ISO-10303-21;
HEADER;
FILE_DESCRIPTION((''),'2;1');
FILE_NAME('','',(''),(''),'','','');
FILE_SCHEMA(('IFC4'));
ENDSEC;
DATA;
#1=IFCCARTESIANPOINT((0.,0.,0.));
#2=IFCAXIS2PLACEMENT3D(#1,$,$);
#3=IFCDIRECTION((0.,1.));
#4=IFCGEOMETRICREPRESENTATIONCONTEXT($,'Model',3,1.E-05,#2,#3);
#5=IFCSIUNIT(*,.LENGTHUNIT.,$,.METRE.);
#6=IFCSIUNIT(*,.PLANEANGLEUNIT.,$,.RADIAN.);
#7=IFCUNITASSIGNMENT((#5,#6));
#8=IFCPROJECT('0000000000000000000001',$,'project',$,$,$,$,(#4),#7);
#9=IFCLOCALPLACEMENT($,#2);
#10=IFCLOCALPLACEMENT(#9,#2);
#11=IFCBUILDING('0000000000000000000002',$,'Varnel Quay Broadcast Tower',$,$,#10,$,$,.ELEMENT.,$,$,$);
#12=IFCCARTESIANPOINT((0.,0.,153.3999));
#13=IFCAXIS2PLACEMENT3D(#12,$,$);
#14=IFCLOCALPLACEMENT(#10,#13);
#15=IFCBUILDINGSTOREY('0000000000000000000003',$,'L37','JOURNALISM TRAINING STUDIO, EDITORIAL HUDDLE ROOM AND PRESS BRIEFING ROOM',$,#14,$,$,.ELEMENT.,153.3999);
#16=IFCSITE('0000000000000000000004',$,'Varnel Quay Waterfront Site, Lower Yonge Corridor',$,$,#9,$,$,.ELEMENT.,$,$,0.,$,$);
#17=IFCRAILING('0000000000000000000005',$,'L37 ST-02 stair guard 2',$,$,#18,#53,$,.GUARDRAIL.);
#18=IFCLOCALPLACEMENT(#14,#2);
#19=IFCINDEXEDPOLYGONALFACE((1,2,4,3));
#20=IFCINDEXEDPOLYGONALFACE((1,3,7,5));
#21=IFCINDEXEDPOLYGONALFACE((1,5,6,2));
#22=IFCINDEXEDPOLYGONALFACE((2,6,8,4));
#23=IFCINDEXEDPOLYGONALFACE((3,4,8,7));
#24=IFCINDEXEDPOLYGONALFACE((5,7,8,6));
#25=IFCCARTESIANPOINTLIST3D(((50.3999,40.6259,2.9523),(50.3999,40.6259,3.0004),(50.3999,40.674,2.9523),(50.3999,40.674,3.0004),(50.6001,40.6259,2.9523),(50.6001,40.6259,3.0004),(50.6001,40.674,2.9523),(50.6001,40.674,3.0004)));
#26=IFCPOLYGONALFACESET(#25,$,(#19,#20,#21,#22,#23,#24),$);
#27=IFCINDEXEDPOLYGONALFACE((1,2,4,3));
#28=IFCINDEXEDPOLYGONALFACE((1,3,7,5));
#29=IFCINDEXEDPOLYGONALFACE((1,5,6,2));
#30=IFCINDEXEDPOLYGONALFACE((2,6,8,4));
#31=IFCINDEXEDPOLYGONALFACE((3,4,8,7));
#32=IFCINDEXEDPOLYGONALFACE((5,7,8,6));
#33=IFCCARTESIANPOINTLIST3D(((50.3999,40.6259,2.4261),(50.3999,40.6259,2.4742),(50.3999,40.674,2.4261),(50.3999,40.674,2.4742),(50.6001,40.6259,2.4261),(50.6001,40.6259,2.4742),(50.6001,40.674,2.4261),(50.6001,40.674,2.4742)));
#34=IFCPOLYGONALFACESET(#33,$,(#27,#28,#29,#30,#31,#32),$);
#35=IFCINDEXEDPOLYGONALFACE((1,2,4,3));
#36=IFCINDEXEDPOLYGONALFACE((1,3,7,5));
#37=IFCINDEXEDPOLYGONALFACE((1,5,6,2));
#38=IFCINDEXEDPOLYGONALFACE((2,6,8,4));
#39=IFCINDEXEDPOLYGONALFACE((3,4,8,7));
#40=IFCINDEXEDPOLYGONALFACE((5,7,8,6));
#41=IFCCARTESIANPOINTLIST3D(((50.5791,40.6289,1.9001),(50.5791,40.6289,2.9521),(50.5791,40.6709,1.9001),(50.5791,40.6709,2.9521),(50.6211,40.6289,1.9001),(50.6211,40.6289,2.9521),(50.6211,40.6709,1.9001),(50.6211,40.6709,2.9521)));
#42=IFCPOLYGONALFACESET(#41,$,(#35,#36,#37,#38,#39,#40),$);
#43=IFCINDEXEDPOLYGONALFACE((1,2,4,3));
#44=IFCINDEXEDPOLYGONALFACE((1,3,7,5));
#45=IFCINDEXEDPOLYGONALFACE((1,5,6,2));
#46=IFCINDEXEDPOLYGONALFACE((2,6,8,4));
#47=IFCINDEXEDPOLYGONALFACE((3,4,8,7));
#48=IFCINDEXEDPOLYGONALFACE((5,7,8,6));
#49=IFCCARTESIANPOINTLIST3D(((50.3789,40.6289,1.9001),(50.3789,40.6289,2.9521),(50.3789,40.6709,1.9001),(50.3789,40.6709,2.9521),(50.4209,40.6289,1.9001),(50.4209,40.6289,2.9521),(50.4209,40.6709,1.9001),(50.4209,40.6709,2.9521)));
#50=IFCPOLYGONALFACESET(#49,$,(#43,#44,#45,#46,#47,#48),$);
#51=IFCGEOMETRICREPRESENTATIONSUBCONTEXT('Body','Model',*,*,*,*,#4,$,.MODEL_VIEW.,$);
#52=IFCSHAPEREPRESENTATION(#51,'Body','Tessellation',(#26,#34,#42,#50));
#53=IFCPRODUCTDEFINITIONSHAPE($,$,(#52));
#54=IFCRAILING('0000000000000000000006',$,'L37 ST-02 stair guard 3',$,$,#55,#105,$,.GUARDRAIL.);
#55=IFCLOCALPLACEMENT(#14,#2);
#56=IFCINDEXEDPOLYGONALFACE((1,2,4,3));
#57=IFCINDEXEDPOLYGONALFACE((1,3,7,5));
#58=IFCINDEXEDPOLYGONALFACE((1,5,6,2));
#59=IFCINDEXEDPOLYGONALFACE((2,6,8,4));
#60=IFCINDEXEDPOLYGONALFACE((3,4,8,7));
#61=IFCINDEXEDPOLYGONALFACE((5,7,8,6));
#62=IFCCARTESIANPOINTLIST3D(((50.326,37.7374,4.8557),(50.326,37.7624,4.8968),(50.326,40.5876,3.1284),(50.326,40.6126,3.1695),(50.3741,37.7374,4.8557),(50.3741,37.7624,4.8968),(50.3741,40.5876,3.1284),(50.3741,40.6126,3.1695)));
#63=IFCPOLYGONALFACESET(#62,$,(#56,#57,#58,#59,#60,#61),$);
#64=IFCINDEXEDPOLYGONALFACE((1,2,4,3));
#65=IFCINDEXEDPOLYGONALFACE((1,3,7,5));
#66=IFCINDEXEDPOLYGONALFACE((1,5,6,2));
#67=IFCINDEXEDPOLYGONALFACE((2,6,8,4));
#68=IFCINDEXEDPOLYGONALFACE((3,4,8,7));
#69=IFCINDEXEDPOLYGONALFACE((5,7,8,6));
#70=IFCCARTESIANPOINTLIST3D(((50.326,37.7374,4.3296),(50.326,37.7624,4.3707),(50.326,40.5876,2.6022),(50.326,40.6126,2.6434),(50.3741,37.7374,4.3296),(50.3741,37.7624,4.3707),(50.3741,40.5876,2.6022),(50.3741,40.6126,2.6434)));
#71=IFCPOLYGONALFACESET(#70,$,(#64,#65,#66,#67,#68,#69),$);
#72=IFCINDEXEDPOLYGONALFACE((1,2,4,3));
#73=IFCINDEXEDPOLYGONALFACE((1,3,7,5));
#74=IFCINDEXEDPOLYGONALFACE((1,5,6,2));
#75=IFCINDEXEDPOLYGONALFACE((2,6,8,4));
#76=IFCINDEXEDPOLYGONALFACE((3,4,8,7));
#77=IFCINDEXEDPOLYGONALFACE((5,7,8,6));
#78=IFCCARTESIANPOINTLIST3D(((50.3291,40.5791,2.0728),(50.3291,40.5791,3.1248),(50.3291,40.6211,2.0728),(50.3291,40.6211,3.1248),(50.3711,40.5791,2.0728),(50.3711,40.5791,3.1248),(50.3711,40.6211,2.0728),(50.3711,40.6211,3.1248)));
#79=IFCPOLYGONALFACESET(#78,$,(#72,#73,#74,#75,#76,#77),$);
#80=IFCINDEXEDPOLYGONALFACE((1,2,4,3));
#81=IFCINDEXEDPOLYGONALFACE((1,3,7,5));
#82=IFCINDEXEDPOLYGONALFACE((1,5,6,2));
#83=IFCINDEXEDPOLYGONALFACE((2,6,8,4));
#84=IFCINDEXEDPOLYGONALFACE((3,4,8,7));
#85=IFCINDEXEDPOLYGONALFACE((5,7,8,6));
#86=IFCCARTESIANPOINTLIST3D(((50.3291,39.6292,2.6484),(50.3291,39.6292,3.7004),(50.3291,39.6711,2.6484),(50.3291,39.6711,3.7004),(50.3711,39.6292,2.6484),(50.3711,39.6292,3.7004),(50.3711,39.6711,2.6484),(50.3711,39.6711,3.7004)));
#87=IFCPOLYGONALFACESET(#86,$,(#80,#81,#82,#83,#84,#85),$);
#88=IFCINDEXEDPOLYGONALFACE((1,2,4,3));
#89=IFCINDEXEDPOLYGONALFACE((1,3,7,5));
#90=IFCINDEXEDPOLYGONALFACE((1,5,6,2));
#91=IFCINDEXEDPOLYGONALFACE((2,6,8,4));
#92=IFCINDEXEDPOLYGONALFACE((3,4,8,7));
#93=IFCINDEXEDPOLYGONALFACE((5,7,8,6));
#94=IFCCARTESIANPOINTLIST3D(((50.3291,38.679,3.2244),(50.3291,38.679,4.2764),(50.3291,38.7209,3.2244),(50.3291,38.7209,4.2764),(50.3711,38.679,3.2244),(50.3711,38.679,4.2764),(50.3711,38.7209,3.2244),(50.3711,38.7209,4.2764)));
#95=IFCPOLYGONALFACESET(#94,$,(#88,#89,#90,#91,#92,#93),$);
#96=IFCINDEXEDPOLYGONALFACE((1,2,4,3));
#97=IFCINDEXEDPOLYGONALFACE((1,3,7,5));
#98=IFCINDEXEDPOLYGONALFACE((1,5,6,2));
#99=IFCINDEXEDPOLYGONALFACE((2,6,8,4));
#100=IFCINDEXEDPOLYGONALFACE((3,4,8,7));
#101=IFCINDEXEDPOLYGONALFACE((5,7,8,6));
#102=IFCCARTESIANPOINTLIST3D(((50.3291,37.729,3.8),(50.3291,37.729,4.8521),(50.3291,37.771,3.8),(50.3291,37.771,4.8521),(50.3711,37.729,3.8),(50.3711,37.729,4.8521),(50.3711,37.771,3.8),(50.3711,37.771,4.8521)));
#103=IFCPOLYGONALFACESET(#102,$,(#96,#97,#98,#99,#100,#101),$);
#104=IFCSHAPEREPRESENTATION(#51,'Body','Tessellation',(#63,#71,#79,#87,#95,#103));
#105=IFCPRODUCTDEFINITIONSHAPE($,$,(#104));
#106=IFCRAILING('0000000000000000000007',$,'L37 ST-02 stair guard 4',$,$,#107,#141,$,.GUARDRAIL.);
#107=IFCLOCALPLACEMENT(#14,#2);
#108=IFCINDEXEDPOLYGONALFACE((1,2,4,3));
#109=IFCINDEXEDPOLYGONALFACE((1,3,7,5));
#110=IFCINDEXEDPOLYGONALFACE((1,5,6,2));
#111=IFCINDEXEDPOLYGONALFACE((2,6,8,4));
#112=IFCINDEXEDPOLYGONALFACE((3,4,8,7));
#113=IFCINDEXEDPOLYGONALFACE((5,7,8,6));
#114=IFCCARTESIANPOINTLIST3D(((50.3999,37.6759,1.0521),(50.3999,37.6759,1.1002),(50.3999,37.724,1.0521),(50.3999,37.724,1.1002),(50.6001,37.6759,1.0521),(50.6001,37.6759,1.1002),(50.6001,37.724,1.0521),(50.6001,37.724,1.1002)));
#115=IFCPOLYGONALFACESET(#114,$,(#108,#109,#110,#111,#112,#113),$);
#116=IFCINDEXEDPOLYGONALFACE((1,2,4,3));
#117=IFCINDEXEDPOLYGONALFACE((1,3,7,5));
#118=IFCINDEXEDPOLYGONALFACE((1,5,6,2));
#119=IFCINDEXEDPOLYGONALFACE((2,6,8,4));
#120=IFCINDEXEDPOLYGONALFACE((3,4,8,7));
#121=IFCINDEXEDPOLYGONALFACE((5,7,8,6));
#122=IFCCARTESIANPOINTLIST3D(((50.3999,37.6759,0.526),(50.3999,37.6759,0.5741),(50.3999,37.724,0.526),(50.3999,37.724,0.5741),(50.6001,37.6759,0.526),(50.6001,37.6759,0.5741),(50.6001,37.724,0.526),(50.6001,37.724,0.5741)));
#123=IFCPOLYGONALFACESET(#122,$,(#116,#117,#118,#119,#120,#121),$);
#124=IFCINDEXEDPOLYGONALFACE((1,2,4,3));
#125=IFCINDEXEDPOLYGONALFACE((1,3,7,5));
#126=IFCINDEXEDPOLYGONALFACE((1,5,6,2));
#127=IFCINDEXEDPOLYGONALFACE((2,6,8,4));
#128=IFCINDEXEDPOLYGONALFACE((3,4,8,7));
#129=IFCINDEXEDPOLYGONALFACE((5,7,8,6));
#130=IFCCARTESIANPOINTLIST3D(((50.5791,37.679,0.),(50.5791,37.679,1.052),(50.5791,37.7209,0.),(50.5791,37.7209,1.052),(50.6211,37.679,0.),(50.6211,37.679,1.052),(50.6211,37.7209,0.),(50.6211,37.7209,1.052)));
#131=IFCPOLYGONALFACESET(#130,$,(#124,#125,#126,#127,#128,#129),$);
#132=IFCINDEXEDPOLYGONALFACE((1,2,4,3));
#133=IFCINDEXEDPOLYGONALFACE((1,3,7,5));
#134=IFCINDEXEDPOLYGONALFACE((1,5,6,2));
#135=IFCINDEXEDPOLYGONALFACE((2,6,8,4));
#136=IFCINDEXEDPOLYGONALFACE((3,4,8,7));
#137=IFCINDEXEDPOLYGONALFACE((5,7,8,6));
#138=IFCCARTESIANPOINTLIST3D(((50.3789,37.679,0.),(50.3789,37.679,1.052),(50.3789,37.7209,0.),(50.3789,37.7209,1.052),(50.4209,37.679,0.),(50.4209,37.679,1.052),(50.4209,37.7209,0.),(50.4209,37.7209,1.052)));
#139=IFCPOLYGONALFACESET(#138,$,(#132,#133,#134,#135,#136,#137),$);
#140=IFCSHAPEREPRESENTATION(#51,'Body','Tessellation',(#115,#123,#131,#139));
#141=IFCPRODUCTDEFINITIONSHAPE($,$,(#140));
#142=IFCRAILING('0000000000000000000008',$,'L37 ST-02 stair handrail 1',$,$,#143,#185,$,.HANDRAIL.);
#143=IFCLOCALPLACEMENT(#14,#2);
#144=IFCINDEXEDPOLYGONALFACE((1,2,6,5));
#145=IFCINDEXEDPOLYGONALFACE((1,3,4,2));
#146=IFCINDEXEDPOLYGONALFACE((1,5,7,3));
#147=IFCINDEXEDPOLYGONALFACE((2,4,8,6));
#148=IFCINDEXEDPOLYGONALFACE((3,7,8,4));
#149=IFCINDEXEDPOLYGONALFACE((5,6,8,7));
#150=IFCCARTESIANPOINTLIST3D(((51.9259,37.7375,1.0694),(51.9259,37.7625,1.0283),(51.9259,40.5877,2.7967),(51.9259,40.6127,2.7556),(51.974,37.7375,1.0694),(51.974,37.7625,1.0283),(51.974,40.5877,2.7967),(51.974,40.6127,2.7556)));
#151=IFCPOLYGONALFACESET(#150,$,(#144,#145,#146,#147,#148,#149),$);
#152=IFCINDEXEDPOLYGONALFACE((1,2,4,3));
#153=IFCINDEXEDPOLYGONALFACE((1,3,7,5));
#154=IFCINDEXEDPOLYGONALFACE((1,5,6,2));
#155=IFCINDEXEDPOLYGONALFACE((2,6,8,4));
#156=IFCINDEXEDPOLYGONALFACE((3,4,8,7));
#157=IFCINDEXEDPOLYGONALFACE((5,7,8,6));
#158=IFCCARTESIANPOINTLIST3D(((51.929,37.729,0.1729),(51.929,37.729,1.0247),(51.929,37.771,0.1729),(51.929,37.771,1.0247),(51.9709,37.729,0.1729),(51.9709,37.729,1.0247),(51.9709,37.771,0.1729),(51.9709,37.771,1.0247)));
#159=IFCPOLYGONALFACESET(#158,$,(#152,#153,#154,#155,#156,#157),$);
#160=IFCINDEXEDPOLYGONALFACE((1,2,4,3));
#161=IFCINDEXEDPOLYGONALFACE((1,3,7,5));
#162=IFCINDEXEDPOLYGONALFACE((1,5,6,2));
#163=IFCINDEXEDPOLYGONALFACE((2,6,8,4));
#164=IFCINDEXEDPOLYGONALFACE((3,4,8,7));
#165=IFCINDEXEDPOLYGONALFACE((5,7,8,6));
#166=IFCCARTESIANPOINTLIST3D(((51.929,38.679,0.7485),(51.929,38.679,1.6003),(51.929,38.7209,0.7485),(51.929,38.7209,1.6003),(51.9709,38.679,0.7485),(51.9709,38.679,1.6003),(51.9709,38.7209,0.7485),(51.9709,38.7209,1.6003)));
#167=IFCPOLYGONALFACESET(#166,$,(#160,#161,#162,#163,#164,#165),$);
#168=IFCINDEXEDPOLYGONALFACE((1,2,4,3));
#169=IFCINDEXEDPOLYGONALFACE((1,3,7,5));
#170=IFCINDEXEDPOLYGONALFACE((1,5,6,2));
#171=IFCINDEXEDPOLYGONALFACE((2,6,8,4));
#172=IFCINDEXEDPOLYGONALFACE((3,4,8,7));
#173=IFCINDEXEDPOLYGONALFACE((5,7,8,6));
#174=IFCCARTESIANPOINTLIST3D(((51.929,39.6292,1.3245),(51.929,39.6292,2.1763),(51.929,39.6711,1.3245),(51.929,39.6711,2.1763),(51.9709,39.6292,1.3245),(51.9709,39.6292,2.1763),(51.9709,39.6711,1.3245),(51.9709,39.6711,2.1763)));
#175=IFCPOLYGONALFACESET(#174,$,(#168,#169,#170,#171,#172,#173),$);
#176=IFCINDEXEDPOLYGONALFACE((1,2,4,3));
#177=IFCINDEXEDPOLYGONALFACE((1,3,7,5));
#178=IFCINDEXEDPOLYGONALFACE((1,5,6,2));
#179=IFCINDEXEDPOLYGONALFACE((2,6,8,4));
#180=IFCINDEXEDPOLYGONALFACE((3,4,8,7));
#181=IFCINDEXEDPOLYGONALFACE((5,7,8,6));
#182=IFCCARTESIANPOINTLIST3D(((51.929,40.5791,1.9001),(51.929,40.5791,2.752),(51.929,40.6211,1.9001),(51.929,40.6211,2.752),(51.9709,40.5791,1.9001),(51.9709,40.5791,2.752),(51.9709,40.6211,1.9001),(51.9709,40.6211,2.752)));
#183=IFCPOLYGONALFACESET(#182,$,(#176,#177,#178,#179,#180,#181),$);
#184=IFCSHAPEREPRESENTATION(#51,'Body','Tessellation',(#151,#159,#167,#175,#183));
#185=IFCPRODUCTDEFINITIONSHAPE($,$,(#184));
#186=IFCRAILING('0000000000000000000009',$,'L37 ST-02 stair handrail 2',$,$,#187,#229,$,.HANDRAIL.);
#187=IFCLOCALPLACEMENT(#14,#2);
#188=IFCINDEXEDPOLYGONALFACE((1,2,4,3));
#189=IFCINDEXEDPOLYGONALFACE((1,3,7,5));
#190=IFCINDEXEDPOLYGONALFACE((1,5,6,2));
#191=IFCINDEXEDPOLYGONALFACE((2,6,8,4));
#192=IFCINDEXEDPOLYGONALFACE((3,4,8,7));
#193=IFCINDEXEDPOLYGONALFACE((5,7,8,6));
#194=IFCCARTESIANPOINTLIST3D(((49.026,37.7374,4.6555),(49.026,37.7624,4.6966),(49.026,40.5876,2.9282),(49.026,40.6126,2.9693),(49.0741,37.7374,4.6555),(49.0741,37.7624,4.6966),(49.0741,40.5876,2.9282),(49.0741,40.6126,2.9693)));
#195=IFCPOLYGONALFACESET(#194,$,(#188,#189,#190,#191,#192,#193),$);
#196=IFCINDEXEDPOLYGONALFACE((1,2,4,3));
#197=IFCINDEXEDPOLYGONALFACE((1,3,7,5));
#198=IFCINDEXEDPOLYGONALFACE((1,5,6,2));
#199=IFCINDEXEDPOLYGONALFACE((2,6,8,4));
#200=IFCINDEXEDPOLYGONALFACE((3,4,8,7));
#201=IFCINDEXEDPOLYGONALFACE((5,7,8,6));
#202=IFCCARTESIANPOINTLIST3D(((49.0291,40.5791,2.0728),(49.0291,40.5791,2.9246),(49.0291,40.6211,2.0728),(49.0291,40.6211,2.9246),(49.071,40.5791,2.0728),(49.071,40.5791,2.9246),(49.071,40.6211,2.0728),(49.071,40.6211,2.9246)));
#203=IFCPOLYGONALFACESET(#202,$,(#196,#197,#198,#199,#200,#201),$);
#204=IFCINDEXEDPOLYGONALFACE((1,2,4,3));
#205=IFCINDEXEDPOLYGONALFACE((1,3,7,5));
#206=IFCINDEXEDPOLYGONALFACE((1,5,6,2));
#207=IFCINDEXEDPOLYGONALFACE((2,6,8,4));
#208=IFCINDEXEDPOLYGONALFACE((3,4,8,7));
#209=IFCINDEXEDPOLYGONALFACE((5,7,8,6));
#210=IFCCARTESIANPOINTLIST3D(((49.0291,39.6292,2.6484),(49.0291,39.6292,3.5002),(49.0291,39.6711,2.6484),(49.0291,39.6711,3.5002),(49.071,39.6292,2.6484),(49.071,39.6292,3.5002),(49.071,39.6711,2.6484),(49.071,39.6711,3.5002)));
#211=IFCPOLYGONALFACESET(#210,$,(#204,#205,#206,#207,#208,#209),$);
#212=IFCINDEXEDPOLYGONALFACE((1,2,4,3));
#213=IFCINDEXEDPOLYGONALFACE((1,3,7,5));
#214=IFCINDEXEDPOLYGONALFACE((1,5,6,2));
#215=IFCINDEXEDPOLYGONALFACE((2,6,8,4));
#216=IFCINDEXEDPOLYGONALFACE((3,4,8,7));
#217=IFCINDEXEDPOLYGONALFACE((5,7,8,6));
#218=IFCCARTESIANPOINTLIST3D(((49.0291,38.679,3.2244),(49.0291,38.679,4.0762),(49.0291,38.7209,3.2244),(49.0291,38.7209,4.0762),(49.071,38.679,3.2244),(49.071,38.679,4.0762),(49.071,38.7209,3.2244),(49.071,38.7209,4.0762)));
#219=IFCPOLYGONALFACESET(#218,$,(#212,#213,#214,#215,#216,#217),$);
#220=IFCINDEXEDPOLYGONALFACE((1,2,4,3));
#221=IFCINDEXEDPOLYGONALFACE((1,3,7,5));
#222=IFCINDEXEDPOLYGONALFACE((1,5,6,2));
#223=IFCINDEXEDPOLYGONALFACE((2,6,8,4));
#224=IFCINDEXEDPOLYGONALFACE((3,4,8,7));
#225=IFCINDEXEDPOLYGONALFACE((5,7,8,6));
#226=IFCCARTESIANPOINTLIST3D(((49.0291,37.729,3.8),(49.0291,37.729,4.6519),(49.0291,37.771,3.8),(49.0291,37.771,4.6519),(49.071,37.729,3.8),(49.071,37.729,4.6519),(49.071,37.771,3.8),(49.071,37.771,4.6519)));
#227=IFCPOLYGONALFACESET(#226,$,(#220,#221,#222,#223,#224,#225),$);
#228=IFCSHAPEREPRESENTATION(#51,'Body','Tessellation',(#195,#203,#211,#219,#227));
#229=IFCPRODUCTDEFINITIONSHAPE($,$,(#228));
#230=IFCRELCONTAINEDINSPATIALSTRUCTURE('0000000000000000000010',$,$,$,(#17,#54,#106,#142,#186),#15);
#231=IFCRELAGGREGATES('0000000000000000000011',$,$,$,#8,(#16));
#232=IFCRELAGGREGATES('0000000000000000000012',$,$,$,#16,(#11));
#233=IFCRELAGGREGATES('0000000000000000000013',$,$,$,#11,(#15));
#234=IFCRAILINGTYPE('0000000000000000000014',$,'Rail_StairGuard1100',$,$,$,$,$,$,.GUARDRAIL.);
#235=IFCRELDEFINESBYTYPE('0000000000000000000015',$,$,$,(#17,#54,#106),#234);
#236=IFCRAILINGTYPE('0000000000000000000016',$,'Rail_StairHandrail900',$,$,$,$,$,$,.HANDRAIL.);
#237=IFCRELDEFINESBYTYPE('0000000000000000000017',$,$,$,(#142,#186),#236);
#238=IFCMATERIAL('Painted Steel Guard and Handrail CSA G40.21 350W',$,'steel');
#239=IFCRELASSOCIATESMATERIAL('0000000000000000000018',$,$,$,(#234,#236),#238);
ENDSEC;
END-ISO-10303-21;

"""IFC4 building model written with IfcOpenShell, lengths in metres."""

from ifc_helpers import new_model, si_unit, direction, frame, origin, origin_2d, place, context, subcontext, project, spatial, rectangle, extrude, material, type_object, element, save


model = new_model("IFC4")

# Units and contexts
model_context = context("Model", 3, precision=1e-05, world=origin(), true_north=direction((0.0, 1.0)))
body_context = subcontext(model_context, "Body", "Model", "MODEL_VIEW")
ifc_project = project(units=[si_unit("LENGTHUNIT", "METRE"), si_unit("PLANEANGLEUNIT", "RADIAN")], contexts=[model_context])

# Site, building, storey
site_placement = place(None, origin())
site = spatial("IfcSite", under=ifc_project, at=site_placement, Name="Varnel Quay Waterfront Site, Lower Yonge Corridor", CompositionType="ELEMENT", RefElevation=0.0)
building_placement = place(site_placement, origin())
building = spatial("IfcBuilding", under=site, at=building_placement, Name="Varnel Quay Broadcast Tower", CompositionType="ELEMENT")
storey_placement = place(building_placement, frame((0.0, 0.0, 153.3999)))
storey = spatial("IfcBuildingStorey", under=building, at=storey_placement, Name="L37", Description="JOURNALISM TRAINING STUDIO, EDITORIAL HUDDLE ROOM AND PRESS BRIEFING ROOM", CompositionType="ELEMENT", Elevation=153.3999)

# Railings
ifc_material_1 = material(Name="Painted Steel Guard and Handrail CSA G40.21 350W", Category="steel")
railing_type_1 = type_object("IfcRailingType", Name="Rail_StairGuard1100", PredefinedType="GUARDRAIL", material=ifc_material_1)
railing_1_placement = place(storey_placement, frame((50.6001, 40.6499, 1.9001)))
element("IfcRailing", 1, at=railing_1_placement, inside=storey, type_object=railing_type_1, Name="L37 ST-02 stair guard 2", PredefinedType="GUARDRAIL", context=body_context, shape_type="SweptSolid", body=[
    extrude(rectangle(XDim=0.0481, YDim=0.0481, at=origin_2d()), frame((0.0, 0.0, 1.0762), z_axis=(-1.0, 0.0, 0.0), x_axis=(0.0, -1.0, 0.0)), (0.0, 0.0, 1.0), 0.2002),
    extrude(rectangle(XDim=0.0481, YDim=0.0481, at=origin_2d()), frame((0.0, 0.0, 0.55), z_axis=(-1.0, 0.0, 0.0), x_axis=(0.0, -1.0, 0.0)), (0.0, 0.0, 1.0), 0.2002),
    extrude(rectangle(XDim=0.042, YDim=0.042, at=origin_2d()), origin(), (0.0, 0.0, 1.0), 1.052),
    extrude(rectangle(XDim=0.042, YDim=0.042, at=origin_2d()), frame((-0.2002, 0.0, 0.0)), (0.0, 0.0, 1.0), 1.052),
])
railing_2_placement = place(storey_placement, frame((50.3501, 40.6001, 2.0728)))
element("IfcRailing", 2, at=railing_2_placement, inside=storey, type_object=railing_type_1, Name="L37 ST-02 stair guard 3", PredefinedType="GUARDRAIL", context=body_context, shape_type="SweptSolid", body=[
    extrude(rectangle(XDim=0.0481, YDim=0.0481, at=origin_2d()), frame((0.0, 0.0, 1.0762), z_axis=(0.0, -0.855203, 0.518294), x_axis=(1.0, 0.0, 0.0)), (0.0, 0.0, 1.0), 3.3328),
    extrude(rectangle(XDim=0.0481, YDim=0.0481, at=origin_2d()), frame((0.0, 0.0, 0.55), z_axis=(0.0, -0.855203, 0.518294), x_axis=(1.0, 0.0, 0.0)), (0.0, 0.0, 1.0), 3.3328),
    extrude(rectangle(XDim=0.042, YDim=0.042, at=origin_2d()), origin(), (0.0, 0.0, 1.0), 1.052),
    extrude(rectangle(XDim=0.042, YDim=0.042, at=origin_2d()), frame((0.0, -0.95, 0.5757)), (0.0, 0.0, 1.0), 1.052),
    extrude(rectangle(XDim=0.042, YDim=0.042, at=origin_2d()), frame((0.0, -1.9001, 1.1516)), (0.0, 0.0, 1.0), 1.052),
    extrude(rectangle(XDim=0.042, YDim=0.042, at=origin_2d()), frame((0.0, -2.8501, 1.7273)), (0.0, 0.0, 1.0), 1.052),
])
railing_3_placement = place(storey_placement, frame((50.6001, 37.7, 0.0)))
element("IfcRailing", 3, at=railing_3_placement, inside=storey, type_object=railing_type_1, Name="L37 ST-02 stair guard 4", PredefinedType="GUARDRAIL", context=body_context, shape_type="SweptSolid", body=[
    extrude(rectangle(XDim=0.0481, YDim=0.0481, at=origin_2d()), frame((0.0, 0.0, 1.0762), z_axis=(-1.0, 0.0, 0.0), x_axis=(0.0, -1.0, 0.0)), (0.0, 0.0, 1.0), 0.2002),
    extrude(rectangle(XDim=0.0481, YDim=0.0481, at=origin_2d()), frame((0.0, 0.0, 0.55), z_axis=(-1.0, 0.0, 0.0), x_axis=(0.0, -1.0, 0.0)), (0.0, 0.0, 1.0), 0.2002),
    extrude(rectangle(XDim=0.042, YDim=0.042, at=origin_2d()), origin(), (0.0, 0.0, 1.0), 1.052),
    extrude(rectangle(XDim=0.042, YDim=0.042, at=origin_2d()), frame((-0.2002, 0.0, 0.0)), (0.0, 0.0, 1.0), 1.052),
])
railing_type_2 = type_object("IfcRailingType", Name="Rail_StairHandrail900", PredefinedType="HANDRAIL", material=ifc_material_1)
railing_4_placement = place(storey_placement, frame((51.95, 37.75, 0.1729)))
element("IfcRailing", 4, at=railing_4_placement, inside=storey, type_object=railing_type_2, Name="L37 ST-02 stair handrail 1", PredefinedType="HANDRAIL", context=body_context, shape_type="SweptSolid", body=[
    extrude(rectangle(XDim=0.0481, YDim=0.0481, at=origin_2d()), frame((0.0, 0.0, 0.876), z_axis=(0.0, 0.855203, 0.518294), x_axis=(-1.0, 0.0, 0.0)), (0.0, 0.0, 1.0), 3.3328),
    extrude(rectangle(XDim=0.042, YDim=0.042, at=origin_2d()), origin(), (0.0, 0.0, 1.0), 0.8518),
    extrude(rectangle(XDim=0.042, YDim=0.042, at=origin_2d()), frame((0.0, 0.95, 0.5757)), (0.0, 0.0, 1.0), 0.8518),
    extrude(rectangle(XDim=0.042, YDim=0.042, at=origin_2d()), frame((0.0, 1.9001, 1.1516)), (0.0, 0.0, 1.0), 0.8518),
    extrude(rectangle(XDim=0.042, YDim=0.042, at=origin_2d()), frame((0.0, 2.8501, 1.7273)), (0.0, 0.0, 1.0), 0.8518),
])
railing_5_placement = place(storey_placement, frame((49.05, 40.6001, 2.0728)))
element("IfcRailing", 5, at=railing_5_placement, inside=storey, type_object=railing_type_2, Name="L37 ST-02 stair handrail 2", PredefinedType="HANDRAIL", context=body_context, shape_type="SweptSolid", body=[
    extrude(rectangle(XDim=0.0481, YDim=0.0481, at=origin_2d()), frame((0.0, 0.0, 0.876), z_axis=(0.0, -0.855203, 0.518294), x_axis=(1.0, 0.0, 0.0)), (0.0, 0.0, 1.0), 3.3328),
    extrude(rectangle(XDim=0.042, YDim=0.042, at=origin_2d()), origin(), (0.0, 0.0, 1.0), 0.8518),
    extrude(rectangle(XDim=0.042, YDim=0.042, at=origin_2d()), frame((0.0, -0.95, 0.5757)), (0.0, 0.0, 1.0), 0.8518),
    extrude(rectangle(XDim=0.042, YDim=0.042, at=origin_2d()), frame((0.0, -1.9001, 1.1516)), (0.0, 0.0, 1.0), 0.8518),
    extrude(rectangle(XDim=0.042, YDim=0.042, at=origin_2d()), frame((0.0, -2.8501, 1.7273)), (0.0, 0.0, 1.0), 0.8518),
])

save(model, "model.ifc")
